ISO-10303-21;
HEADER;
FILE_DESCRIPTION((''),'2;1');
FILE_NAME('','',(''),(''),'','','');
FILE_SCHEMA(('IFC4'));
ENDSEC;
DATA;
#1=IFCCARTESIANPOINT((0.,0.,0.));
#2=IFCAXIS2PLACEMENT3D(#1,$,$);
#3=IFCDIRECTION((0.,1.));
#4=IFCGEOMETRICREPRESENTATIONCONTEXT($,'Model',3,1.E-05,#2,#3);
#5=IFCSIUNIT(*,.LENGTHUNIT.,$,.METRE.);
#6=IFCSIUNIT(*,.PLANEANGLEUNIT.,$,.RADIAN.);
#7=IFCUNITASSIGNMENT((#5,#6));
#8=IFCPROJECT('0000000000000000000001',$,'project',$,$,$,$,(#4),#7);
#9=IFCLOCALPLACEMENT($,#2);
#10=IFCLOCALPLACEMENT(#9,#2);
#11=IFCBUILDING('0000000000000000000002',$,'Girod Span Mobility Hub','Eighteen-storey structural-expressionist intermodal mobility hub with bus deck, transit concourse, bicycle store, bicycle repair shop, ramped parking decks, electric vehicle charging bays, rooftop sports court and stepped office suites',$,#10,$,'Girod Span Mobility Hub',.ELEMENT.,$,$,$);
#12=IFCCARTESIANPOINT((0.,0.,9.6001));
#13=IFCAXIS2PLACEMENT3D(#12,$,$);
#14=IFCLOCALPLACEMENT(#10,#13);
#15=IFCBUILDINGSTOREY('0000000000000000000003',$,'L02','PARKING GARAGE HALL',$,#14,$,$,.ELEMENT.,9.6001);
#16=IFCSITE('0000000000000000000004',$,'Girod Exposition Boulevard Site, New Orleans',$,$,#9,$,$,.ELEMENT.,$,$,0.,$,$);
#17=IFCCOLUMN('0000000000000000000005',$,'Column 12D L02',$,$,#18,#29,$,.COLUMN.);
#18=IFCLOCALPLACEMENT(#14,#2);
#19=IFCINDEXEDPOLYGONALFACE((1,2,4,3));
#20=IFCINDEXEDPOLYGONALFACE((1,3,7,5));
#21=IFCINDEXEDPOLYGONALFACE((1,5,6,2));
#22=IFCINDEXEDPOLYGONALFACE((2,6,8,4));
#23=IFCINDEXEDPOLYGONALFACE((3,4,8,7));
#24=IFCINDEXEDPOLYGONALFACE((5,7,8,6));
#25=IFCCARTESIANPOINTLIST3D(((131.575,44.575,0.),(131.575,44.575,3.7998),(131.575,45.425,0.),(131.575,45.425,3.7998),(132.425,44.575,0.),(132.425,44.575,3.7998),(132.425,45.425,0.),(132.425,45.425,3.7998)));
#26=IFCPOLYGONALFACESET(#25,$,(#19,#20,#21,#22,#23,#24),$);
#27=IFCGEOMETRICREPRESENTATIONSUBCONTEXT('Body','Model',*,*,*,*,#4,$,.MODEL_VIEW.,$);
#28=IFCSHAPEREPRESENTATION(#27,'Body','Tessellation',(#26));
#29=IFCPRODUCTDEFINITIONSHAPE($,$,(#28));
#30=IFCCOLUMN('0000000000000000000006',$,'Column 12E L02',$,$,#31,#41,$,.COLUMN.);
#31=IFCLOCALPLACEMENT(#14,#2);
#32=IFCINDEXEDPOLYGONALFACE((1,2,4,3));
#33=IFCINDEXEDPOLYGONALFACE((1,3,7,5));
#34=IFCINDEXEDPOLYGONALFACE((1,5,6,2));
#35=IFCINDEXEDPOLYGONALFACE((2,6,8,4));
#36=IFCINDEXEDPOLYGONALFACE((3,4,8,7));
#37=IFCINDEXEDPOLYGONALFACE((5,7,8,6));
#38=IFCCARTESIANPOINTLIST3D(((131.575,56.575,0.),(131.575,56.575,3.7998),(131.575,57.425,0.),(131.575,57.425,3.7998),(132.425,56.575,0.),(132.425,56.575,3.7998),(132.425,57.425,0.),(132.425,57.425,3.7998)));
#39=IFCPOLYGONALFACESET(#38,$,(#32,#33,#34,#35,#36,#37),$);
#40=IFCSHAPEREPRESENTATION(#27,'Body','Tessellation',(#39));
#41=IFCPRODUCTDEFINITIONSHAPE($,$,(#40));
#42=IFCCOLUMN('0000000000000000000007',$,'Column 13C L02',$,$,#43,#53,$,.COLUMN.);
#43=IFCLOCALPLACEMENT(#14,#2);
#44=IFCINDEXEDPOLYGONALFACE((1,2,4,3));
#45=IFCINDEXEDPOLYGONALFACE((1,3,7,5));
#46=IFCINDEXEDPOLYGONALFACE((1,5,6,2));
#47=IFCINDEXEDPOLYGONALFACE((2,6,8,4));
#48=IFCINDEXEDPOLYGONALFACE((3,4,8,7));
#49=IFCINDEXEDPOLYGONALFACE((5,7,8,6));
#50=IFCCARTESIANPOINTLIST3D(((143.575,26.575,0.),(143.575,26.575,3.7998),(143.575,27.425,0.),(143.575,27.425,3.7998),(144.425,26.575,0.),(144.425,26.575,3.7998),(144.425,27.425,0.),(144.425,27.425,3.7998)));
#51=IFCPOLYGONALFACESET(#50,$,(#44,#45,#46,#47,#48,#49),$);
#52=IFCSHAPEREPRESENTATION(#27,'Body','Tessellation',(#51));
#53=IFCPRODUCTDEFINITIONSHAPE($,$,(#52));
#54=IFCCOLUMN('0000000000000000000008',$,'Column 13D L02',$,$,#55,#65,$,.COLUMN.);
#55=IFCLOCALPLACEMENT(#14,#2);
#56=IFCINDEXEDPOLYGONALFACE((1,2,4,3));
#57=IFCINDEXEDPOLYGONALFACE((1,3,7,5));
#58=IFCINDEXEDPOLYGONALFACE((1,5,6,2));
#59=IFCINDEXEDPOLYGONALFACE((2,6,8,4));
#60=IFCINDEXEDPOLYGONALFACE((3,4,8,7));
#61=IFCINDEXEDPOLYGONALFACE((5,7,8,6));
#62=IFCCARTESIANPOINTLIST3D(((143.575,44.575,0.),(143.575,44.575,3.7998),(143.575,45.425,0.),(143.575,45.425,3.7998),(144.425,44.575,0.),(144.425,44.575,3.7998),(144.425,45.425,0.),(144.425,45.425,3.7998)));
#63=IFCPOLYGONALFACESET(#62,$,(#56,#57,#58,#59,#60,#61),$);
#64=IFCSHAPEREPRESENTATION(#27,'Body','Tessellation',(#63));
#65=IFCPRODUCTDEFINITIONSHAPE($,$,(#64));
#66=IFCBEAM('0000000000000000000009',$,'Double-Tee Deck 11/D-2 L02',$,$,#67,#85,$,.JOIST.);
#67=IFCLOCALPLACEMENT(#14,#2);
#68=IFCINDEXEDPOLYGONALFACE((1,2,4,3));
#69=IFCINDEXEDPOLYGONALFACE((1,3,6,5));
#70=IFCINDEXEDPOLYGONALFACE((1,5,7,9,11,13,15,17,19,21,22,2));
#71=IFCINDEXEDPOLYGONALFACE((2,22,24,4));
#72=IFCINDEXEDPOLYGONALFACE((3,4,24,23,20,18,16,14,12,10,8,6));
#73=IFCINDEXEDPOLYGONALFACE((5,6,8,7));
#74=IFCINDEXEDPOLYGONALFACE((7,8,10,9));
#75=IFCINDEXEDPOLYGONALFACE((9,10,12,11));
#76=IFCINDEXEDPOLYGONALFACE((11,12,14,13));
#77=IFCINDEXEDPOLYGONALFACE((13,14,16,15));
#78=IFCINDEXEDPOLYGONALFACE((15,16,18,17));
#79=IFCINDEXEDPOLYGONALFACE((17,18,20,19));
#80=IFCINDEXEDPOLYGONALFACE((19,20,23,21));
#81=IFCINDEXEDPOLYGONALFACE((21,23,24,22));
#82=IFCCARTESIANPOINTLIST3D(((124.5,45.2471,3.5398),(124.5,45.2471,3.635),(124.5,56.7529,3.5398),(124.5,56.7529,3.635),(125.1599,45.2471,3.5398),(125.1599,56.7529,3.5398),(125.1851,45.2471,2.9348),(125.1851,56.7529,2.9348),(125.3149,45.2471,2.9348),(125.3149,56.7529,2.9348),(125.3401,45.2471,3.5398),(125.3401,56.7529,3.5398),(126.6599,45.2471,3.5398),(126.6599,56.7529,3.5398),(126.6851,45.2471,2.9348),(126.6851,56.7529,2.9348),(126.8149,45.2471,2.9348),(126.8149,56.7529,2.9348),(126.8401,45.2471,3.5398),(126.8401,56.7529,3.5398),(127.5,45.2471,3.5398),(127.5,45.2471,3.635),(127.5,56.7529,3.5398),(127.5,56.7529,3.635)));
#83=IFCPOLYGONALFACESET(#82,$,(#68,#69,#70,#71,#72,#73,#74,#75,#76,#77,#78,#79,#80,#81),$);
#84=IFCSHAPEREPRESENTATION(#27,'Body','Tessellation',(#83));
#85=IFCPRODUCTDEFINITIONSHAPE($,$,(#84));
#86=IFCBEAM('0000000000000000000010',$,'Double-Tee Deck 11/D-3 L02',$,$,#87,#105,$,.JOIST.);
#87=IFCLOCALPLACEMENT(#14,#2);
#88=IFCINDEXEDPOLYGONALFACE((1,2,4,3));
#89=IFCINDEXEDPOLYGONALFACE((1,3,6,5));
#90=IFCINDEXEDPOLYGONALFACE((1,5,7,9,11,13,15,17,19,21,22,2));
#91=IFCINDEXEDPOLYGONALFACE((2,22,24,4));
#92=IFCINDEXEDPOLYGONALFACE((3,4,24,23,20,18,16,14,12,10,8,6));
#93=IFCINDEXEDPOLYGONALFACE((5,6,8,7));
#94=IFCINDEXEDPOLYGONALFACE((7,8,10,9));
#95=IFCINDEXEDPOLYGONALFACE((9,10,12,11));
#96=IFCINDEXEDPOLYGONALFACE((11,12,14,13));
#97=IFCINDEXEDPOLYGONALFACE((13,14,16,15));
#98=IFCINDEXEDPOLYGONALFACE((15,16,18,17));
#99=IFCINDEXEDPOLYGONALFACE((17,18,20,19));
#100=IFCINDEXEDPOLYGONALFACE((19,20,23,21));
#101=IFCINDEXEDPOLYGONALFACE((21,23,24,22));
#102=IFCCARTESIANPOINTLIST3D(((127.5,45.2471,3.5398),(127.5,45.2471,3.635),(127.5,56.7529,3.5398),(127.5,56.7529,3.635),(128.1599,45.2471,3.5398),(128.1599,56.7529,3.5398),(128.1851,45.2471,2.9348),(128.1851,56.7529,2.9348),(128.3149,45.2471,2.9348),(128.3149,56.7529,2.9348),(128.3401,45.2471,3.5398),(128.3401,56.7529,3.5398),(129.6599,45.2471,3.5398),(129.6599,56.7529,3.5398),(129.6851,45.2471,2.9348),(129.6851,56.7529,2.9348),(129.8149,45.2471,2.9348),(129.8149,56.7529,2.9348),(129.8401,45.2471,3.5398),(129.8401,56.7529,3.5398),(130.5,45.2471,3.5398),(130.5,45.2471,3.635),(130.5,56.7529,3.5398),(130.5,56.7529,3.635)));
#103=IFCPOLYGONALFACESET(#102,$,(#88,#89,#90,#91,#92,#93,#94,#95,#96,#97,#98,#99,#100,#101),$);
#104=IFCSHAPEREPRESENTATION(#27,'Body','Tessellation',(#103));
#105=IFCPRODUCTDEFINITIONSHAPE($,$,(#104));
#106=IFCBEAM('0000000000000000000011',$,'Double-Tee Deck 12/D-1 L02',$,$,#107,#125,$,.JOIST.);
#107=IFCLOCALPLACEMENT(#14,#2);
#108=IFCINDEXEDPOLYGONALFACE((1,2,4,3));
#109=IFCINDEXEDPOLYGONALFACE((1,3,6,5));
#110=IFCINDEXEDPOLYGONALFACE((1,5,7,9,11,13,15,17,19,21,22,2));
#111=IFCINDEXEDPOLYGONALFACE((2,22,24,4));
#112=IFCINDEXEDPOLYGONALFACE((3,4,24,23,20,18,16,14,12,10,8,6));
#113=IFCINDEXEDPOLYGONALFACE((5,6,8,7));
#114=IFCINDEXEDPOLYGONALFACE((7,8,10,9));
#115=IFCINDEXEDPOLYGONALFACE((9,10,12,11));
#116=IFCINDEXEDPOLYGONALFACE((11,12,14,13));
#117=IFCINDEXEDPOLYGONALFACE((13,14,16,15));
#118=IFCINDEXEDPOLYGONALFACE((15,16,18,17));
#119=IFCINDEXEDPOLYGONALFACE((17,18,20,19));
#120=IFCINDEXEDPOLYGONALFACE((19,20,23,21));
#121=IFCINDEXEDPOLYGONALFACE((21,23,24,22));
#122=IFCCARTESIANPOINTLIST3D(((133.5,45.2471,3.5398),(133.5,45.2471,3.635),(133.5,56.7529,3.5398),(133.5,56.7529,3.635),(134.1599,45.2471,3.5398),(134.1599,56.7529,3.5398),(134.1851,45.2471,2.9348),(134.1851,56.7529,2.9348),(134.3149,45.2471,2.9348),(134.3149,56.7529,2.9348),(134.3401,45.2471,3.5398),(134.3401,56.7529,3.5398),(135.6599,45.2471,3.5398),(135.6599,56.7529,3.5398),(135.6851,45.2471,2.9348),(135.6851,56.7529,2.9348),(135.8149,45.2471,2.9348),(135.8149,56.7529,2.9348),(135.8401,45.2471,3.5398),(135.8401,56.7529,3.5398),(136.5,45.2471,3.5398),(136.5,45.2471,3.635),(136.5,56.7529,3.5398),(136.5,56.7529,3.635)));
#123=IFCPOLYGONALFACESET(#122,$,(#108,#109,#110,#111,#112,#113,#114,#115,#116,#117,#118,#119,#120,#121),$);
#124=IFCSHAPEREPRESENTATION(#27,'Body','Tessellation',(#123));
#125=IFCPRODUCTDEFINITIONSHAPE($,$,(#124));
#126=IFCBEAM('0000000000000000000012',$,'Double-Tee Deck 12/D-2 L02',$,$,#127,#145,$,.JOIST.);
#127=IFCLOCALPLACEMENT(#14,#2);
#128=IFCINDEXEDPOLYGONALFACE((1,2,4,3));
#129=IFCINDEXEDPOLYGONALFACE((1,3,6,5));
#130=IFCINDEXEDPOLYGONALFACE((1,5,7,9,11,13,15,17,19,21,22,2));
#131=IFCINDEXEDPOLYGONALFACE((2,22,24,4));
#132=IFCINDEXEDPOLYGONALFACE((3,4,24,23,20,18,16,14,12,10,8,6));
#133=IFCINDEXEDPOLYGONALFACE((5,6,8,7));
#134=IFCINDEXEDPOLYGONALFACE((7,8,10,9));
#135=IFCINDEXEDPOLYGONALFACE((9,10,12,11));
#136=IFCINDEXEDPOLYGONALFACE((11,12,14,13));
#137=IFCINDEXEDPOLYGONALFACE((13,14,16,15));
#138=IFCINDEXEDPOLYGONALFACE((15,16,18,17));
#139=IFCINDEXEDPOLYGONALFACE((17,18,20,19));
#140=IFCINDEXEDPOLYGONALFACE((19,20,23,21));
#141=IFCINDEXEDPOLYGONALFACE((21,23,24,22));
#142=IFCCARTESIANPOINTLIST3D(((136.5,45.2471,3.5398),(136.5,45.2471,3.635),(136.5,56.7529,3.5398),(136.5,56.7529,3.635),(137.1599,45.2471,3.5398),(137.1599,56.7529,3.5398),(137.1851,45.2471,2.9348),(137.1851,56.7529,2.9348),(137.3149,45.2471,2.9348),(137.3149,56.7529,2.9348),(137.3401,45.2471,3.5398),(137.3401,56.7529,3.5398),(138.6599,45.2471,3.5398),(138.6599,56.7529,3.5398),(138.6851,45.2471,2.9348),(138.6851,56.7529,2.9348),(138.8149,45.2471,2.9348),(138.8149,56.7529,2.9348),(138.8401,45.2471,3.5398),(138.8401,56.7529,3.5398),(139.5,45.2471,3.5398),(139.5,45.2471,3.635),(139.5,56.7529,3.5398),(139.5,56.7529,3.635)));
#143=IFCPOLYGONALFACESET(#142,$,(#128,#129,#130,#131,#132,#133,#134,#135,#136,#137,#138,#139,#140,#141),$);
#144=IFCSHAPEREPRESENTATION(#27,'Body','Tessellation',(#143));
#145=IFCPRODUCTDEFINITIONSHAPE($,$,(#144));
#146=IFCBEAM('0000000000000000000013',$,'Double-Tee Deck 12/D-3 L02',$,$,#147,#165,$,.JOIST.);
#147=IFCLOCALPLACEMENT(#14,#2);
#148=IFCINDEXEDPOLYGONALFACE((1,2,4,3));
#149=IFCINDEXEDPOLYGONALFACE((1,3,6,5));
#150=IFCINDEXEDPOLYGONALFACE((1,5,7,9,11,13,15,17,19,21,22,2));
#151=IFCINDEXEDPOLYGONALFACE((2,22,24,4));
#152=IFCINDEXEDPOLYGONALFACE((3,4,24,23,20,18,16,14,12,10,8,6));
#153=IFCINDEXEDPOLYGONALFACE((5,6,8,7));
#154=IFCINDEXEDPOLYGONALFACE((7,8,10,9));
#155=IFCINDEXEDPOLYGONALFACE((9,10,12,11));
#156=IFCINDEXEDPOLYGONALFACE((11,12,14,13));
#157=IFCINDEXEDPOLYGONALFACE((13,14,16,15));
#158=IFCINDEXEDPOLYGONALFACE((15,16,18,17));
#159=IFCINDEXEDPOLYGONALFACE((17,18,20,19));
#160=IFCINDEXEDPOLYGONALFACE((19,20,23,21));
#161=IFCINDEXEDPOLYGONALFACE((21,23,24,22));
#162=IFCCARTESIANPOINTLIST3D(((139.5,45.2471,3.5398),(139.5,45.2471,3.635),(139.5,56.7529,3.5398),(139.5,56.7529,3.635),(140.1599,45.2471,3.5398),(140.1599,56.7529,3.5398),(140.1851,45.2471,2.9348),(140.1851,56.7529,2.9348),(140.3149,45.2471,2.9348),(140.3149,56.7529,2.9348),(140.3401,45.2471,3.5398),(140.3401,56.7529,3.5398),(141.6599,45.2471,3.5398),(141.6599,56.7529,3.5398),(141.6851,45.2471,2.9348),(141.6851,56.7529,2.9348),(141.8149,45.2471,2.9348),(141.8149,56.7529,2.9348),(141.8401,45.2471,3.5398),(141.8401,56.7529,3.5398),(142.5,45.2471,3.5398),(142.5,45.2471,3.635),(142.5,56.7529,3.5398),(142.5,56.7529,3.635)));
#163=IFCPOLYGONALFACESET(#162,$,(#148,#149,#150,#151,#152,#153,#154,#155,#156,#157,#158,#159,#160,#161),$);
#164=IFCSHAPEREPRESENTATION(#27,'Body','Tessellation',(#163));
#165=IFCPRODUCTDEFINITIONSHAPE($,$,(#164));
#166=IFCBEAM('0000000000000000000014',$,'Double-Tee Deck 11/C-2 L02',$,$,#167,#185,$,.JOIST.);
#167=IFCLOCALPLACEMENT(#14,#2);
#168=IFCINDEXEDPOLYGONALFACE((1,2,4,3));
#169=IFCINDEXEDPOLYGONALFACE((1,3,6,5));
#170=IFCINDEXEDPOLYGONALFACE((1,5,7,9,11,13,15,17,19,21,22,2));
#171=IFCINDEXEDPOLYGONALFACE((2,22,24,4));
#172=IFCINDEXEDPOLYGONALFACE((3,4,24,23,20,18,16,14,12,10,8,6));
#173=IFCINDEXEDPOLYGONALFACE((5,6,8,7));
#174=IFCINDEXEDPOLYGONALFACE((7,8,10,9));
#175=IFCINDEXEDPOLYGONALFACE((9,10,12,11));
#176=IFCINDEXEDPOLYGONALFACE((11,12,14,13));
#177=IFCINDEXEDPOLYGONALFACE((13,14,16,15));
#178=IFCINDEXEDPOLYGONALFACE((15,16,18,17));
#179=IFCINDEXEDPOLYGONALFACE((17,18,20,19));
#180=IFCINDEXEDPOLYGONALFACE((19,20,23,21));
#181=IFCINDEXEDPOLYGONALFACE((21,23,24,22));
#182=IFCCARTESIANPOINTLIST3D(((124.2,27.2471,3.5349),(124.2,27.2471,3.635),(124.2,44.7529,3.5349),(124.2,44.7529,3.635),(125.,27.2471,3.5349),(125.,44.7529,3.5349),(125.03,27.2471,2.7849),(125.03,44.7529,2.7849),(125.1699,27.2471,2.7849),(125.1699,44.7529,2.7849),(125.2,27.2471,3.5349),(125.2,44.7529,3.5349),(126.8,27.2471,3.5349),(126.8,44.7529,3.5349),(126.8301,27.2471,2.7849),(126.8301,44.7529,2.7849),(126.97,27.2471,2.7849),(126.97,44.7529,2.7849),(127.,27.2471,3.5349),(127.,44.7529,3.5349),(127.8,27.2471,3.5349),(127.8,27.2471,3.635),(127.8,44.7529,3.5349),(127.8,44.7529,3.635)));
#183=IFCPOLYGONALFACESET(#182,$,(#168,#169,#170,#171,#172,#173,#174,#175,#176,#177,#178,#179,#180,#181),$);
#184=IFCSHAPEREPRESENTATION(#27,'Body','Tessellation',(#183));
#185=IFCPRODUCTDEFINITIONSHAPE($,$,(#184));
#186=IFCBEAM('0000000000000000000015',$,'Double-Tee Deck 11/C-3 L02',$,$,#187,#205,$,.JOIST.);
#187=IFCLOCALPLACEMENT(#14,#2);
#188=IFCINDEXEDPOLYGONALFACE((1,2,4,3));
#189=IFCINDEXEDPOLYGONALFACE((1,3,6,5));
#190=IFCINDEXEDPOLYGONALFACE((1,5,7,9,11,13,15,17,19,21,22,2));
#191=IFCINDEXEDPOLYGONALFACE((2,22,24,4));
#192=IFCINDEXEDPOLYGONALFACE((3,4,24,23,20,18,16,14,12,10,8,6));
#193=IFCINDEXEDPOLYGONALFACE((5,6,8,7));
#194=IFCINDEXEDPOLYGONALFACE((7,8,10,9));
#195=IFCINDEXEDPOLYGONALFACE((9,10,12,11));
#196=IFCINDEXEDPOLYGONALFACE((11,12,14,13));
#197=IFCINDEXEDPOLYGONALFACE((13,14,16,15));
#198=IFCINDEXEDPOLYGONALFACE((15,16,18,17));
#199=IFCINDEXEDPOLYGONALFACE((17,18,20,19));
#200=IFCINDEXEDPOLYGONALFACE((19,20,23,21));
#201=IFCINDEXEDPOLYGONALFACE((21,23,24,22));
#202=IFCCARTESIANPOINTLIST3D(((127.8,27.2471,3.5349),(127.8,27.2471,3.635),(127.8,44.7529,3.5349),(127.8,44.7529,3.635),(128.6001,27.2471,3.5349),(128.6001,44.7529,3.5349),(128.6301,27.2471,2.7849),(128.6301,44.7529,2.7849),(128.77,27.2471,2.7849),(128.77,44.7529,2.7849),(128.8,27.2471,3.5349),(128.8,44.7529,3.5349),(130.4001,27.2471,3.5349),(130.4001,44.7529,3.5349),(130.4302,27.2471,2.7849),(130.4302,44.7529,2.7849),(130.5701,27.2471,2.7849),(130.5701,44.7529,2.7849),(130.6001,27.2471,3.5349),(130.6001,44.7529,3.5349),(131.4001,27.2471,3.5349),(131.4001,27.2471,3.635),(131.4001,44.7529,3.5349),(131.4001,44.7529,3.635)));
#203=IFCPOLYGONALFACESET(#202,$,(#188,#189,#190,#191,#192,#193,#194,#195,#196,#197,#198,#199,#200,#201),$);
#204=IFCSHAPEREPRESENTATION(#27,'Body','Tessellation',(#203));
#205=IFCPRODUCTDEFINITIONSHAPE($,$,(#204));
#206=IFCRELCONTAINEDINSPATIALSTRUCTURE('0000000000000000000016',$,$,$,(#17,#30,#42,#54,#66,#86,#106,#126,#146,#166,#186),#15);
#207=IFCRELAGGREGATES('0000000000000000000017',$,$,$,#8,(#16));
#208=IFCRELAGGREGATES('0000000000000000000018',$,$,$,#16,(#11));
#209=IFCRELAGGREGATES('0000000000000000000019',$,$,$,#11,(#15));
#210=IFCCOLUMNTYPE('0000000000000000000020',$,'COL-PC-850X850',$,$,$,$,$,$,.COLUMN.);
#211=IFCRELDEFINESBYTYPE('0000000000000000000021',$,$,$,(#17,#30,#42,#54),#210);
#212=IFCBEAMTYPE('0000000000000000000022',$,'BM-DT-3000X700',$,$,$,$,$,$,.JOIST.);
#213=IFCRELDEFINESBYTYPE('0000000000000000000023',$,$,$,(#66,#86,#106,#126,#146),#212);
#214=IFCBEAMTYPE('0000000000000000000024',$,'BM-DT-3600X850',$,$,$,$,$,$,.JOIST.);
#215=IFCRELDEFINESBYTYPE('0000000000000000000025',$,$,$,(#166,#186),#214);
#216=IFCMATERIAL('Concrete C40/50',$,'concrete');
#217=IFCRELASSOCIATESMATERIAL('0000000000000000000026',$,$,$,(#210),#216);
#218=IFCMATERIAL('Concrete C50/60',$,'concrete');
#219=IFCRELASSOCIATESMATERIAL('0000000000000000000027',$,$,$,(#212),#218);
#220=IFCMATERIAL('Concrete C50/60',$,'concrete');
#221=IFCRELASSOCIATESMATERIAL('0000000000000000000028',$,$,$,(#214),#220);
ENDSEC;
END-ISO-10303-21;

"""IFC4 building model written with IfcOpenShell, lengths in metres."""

from ifc_helpers import new_model, si_unit, direction, frame, origin, origin_2d, place, context, subcontext, project, spatial, polyline, rectangle, outline, extrude, material, material_profile, profile_set, type_object, element, save


model = new_model("IFC4")

# Units and contexts
model_context = context("Model", 3, precision=1e-05, world=origin(), true_north=direction((0.0, 1.0)))
body_context = subcontext(model_context, "Body", "Model", "MODEL_VIEW")
ifc_project = project(units=[si_unit("LENGTHUNIT", "METRE"), si_unit("PLANEANGLEUNIT", "RADIAN")], contexts=[model_context])

# Site, building, storey
site_placement = place(None, origin())
site = spatial("IfcSite", under=ifc_project, at=site_placement, Name="Girod Exposition Boulevard Site, New Orleans", CompositionType="ELEMENT", RefElevation=0.0)
building_placement = place(site_placement, origin())
building = spatial("IfcBuilding", under=site, at=building_placement, Name="Girod Span Mobility Hub", Description="Eighteen-storey structural-expressionist intermodal mobility hub with bus deck, transit concourse, bicycle store, bicycle repair shop, ramped parking decks, electric vehicle charging bays, rooftop sports court and stepped office suites", LongName="Girod Span Mobility Hub", CompositionType="ELEMENT")
storey_placement = place(building_placement, frame((0.0, 0.0, 9.6001)))
storey = spatial("IfcBuildingStorey", under=building, at=storey_placement, Name="L02", Description="PARKING GARAGE HALL", CompositionType="ELEMENT", Elevation=9.6001)

# Columns
ifc_material_1 = material(Name="Concrete C40/50", Category="concrete")
ifc_material_profile_1 = material_profile(ifc_material_1, rectangle(XDim=0.8501, YDim=0.8501, at=origin_2d()), Name="PC-COL-850X850")
ifc_profile_set_1 = profile_set([ifc_material_profile_1], Name="Concrete C40/50")
column_type = type_object("IfcColumnType", Name="COL-PC-850X850", PredefinedType="COLUMN", material=ifc_profile_set_1)
for number, where, z_axis, x_axis, name in (
    (1, (132.0, 45.0, 0.0), (0.0, 0.0, 1.0), (1.0, 0.0, 0.0), "Column 12D L02"),
    (2, (132.0, 57.0, 0.0), (0.0, 0.0, 1.0), (1.0, 0.0, 0.0), "Column 12E L02"),
    (3, (144.0, 27.0, 0.0), (0.0, 0.0, 1.0), (1.0, 0.0, 0.0), "Column 13C L02"),
    (4, (144.0, 45.0, 0.0), (0.0, 0.0, 1.0), (1.0, 0.0, 0.0), "Column 13D L02"),
):
    element("IfcColumn", number, at=place(storey_placement, frame(where, z_axis=z_axis, x_axis=x_axis)), inside=storey, type_object=column_type, Name=name, PredefinedType="COLUMN", context=body_context, shape_type="SweptSolid", body=[
        extrude(rectangle(XDim=0.8501, YDim=0.8501, at=origin_2d()), origin(), (0.0, 0.0, 1.0), 3.7998),
    ])

# Beams
ifc_material_2 = material(Name="Concrete C50/60", Category="concrete")
ifc_material_profile_2 = material_profile(ifc_material_2, outline(polyline([(-1.5, 0.3501), (-1.5, 0.2549), (-0.8401, 0.2549), (-0.8149, -0.3501), (-0.6851, -0.3501), (-0.6599, 0.2549), (0.6599, 0.2549), (0.6851, -0.3501), (0.8149, -0.3501), (0.8401, 0.2549), (1.5, 0.2549), (1.5, 0.3501), (-1.5, 0.3501)])), Name="DT-3000X700")
ifc_profile_set_2 = profile_set([ifc_material_profile_2], Name="Concrete C50/60")
beam_type_1 = type_object("IfcBeamType", Name="BM-DT-3000X700", PredefinedType="JOIST", material=ifc_profile_set_2)
for number, where, z_axis, x_axis, name in (
    (5, (126.0, 45.2471, 3.2849), (0.0, 1.0, 0.0), (-1.0, 0.0, 0.0), "Double-Tee Deck 11/D-2 L02"),
    (6, (129.0, 45.2471, 3.2849), (0.0, 1.0, 0.0), (-1.0, 0.0, 0.0), "Double-Tee Deck 11/D-3 L02"),
    (7, (135.0, 45.2471, 3.2849), (0.0, 1.0, 0.0), (-1.0, 0.0, 0.0), "Double-Tee Deck 12/D-1 L02"),
    (8, (138.0, 45.2471, 3.2849), (0.0, 1.0, 0.0), (-1.0, 0.0, 0.0), "Double-Tee Deck 12/D-2 L02"),
    (9, (141.0, 45.2471, 3.2849), (0.0, 1.0, 0.0), (-1.0, 0.0, 0.0), "Double-Tee Deck 12/D-3 L02"),
):
    element("IfcBeam", number, at=place(storey_placement, frame(where, z_axis=z_axis, x_axis=x_axis)), inside=storey, type_object=beam_type_1, Name=name, PredefinedType="JOIST", context=body_context, shape_type="SweptSolid", body=[
        extrude(outline(polyline([(-1.5, 0.3501), (-1.5, 0.2549), (-0.8401, 0.2549), (-0.8149, -0.3501), (-0.6851, -0.3501), (-0.6599, 0.2549), (0.6599, 0.2549), (0.6851, -0.3501), (0.8149, -0.3501), (0.8401, 0.2549), (1.5, 0.2549), (1.5, 0.3501), (-1.5, 0.3501)])), origin(), (0.0, 0.0, 1.0), 11.5059),
    ])
ifc_material_3 = material(Name="Concrete C50/60", Category="concrete")
ifc_material_profile_3 = material_profile(ifc_material_3, outline(polyline([(-1.8, 0.425), (-1.8, 0.325), (-1.0, 0.325), (-0.97, -0.425), (-0.8301, -0.425), (-0.8, 0.325), (0.8, 0.325), (0.8301, -0.425), (0.97, -0.425), (1.0, 0.325), (1.8, 0.325), (1.8, 0.425), (-1.8, 0.425)])), Name="DT-3600X850")
ifc_profile_set_3 = profile_set([ifc_material_profile_3], Name="Concrete C50/60")
beam_type_2 = type_object("IfcBeamType", Name="BM-DT-3600X850", PredefinedType="JOIST", material=ifc_profile_set_3)
for number, where, z_axis, x_axis, name in (
    (10, (126.0, 27.2471, 3.21), (0.0, 1.0, 0.0), (-1.0, 0.0, 0.0), "Double-Tee Deck 11/C-2 L02"),
    (11, (129.6001, 27.2471, 3.21), (0.0, 1.0, 0.0), (-1.0, 0.0, 0.0), "Double-Tee Deck 11/C-3 L02"),
):
    element("IfcBeam", number, at=place(storey_placement, frame(where, z_axis=z_axis, x_axis=x_axis)), inside=storey, type_object=beam_type_2, Name=name, PredefinedType="JOIST", context=body_context, shape_type="SweptSolid", body=[
        extrude(outline(polyline([(-1.8, 0.425), (-1.8, 0.325), (-1.0, 0.325), (-0.97, -0.425), (-0.8301, -0.425), (-0.8, 0.325), (0.8, 0.325), (0.8301, -0.425), (0.97, -0.425), (1.0, 0.325), (1.8, 0.325), (1.8, 0.425), (-1.8, 0.425)])), origin(), (0.0, 0.0, 1.0), 17.5059),
    ])

save(model, "model.ifc")
